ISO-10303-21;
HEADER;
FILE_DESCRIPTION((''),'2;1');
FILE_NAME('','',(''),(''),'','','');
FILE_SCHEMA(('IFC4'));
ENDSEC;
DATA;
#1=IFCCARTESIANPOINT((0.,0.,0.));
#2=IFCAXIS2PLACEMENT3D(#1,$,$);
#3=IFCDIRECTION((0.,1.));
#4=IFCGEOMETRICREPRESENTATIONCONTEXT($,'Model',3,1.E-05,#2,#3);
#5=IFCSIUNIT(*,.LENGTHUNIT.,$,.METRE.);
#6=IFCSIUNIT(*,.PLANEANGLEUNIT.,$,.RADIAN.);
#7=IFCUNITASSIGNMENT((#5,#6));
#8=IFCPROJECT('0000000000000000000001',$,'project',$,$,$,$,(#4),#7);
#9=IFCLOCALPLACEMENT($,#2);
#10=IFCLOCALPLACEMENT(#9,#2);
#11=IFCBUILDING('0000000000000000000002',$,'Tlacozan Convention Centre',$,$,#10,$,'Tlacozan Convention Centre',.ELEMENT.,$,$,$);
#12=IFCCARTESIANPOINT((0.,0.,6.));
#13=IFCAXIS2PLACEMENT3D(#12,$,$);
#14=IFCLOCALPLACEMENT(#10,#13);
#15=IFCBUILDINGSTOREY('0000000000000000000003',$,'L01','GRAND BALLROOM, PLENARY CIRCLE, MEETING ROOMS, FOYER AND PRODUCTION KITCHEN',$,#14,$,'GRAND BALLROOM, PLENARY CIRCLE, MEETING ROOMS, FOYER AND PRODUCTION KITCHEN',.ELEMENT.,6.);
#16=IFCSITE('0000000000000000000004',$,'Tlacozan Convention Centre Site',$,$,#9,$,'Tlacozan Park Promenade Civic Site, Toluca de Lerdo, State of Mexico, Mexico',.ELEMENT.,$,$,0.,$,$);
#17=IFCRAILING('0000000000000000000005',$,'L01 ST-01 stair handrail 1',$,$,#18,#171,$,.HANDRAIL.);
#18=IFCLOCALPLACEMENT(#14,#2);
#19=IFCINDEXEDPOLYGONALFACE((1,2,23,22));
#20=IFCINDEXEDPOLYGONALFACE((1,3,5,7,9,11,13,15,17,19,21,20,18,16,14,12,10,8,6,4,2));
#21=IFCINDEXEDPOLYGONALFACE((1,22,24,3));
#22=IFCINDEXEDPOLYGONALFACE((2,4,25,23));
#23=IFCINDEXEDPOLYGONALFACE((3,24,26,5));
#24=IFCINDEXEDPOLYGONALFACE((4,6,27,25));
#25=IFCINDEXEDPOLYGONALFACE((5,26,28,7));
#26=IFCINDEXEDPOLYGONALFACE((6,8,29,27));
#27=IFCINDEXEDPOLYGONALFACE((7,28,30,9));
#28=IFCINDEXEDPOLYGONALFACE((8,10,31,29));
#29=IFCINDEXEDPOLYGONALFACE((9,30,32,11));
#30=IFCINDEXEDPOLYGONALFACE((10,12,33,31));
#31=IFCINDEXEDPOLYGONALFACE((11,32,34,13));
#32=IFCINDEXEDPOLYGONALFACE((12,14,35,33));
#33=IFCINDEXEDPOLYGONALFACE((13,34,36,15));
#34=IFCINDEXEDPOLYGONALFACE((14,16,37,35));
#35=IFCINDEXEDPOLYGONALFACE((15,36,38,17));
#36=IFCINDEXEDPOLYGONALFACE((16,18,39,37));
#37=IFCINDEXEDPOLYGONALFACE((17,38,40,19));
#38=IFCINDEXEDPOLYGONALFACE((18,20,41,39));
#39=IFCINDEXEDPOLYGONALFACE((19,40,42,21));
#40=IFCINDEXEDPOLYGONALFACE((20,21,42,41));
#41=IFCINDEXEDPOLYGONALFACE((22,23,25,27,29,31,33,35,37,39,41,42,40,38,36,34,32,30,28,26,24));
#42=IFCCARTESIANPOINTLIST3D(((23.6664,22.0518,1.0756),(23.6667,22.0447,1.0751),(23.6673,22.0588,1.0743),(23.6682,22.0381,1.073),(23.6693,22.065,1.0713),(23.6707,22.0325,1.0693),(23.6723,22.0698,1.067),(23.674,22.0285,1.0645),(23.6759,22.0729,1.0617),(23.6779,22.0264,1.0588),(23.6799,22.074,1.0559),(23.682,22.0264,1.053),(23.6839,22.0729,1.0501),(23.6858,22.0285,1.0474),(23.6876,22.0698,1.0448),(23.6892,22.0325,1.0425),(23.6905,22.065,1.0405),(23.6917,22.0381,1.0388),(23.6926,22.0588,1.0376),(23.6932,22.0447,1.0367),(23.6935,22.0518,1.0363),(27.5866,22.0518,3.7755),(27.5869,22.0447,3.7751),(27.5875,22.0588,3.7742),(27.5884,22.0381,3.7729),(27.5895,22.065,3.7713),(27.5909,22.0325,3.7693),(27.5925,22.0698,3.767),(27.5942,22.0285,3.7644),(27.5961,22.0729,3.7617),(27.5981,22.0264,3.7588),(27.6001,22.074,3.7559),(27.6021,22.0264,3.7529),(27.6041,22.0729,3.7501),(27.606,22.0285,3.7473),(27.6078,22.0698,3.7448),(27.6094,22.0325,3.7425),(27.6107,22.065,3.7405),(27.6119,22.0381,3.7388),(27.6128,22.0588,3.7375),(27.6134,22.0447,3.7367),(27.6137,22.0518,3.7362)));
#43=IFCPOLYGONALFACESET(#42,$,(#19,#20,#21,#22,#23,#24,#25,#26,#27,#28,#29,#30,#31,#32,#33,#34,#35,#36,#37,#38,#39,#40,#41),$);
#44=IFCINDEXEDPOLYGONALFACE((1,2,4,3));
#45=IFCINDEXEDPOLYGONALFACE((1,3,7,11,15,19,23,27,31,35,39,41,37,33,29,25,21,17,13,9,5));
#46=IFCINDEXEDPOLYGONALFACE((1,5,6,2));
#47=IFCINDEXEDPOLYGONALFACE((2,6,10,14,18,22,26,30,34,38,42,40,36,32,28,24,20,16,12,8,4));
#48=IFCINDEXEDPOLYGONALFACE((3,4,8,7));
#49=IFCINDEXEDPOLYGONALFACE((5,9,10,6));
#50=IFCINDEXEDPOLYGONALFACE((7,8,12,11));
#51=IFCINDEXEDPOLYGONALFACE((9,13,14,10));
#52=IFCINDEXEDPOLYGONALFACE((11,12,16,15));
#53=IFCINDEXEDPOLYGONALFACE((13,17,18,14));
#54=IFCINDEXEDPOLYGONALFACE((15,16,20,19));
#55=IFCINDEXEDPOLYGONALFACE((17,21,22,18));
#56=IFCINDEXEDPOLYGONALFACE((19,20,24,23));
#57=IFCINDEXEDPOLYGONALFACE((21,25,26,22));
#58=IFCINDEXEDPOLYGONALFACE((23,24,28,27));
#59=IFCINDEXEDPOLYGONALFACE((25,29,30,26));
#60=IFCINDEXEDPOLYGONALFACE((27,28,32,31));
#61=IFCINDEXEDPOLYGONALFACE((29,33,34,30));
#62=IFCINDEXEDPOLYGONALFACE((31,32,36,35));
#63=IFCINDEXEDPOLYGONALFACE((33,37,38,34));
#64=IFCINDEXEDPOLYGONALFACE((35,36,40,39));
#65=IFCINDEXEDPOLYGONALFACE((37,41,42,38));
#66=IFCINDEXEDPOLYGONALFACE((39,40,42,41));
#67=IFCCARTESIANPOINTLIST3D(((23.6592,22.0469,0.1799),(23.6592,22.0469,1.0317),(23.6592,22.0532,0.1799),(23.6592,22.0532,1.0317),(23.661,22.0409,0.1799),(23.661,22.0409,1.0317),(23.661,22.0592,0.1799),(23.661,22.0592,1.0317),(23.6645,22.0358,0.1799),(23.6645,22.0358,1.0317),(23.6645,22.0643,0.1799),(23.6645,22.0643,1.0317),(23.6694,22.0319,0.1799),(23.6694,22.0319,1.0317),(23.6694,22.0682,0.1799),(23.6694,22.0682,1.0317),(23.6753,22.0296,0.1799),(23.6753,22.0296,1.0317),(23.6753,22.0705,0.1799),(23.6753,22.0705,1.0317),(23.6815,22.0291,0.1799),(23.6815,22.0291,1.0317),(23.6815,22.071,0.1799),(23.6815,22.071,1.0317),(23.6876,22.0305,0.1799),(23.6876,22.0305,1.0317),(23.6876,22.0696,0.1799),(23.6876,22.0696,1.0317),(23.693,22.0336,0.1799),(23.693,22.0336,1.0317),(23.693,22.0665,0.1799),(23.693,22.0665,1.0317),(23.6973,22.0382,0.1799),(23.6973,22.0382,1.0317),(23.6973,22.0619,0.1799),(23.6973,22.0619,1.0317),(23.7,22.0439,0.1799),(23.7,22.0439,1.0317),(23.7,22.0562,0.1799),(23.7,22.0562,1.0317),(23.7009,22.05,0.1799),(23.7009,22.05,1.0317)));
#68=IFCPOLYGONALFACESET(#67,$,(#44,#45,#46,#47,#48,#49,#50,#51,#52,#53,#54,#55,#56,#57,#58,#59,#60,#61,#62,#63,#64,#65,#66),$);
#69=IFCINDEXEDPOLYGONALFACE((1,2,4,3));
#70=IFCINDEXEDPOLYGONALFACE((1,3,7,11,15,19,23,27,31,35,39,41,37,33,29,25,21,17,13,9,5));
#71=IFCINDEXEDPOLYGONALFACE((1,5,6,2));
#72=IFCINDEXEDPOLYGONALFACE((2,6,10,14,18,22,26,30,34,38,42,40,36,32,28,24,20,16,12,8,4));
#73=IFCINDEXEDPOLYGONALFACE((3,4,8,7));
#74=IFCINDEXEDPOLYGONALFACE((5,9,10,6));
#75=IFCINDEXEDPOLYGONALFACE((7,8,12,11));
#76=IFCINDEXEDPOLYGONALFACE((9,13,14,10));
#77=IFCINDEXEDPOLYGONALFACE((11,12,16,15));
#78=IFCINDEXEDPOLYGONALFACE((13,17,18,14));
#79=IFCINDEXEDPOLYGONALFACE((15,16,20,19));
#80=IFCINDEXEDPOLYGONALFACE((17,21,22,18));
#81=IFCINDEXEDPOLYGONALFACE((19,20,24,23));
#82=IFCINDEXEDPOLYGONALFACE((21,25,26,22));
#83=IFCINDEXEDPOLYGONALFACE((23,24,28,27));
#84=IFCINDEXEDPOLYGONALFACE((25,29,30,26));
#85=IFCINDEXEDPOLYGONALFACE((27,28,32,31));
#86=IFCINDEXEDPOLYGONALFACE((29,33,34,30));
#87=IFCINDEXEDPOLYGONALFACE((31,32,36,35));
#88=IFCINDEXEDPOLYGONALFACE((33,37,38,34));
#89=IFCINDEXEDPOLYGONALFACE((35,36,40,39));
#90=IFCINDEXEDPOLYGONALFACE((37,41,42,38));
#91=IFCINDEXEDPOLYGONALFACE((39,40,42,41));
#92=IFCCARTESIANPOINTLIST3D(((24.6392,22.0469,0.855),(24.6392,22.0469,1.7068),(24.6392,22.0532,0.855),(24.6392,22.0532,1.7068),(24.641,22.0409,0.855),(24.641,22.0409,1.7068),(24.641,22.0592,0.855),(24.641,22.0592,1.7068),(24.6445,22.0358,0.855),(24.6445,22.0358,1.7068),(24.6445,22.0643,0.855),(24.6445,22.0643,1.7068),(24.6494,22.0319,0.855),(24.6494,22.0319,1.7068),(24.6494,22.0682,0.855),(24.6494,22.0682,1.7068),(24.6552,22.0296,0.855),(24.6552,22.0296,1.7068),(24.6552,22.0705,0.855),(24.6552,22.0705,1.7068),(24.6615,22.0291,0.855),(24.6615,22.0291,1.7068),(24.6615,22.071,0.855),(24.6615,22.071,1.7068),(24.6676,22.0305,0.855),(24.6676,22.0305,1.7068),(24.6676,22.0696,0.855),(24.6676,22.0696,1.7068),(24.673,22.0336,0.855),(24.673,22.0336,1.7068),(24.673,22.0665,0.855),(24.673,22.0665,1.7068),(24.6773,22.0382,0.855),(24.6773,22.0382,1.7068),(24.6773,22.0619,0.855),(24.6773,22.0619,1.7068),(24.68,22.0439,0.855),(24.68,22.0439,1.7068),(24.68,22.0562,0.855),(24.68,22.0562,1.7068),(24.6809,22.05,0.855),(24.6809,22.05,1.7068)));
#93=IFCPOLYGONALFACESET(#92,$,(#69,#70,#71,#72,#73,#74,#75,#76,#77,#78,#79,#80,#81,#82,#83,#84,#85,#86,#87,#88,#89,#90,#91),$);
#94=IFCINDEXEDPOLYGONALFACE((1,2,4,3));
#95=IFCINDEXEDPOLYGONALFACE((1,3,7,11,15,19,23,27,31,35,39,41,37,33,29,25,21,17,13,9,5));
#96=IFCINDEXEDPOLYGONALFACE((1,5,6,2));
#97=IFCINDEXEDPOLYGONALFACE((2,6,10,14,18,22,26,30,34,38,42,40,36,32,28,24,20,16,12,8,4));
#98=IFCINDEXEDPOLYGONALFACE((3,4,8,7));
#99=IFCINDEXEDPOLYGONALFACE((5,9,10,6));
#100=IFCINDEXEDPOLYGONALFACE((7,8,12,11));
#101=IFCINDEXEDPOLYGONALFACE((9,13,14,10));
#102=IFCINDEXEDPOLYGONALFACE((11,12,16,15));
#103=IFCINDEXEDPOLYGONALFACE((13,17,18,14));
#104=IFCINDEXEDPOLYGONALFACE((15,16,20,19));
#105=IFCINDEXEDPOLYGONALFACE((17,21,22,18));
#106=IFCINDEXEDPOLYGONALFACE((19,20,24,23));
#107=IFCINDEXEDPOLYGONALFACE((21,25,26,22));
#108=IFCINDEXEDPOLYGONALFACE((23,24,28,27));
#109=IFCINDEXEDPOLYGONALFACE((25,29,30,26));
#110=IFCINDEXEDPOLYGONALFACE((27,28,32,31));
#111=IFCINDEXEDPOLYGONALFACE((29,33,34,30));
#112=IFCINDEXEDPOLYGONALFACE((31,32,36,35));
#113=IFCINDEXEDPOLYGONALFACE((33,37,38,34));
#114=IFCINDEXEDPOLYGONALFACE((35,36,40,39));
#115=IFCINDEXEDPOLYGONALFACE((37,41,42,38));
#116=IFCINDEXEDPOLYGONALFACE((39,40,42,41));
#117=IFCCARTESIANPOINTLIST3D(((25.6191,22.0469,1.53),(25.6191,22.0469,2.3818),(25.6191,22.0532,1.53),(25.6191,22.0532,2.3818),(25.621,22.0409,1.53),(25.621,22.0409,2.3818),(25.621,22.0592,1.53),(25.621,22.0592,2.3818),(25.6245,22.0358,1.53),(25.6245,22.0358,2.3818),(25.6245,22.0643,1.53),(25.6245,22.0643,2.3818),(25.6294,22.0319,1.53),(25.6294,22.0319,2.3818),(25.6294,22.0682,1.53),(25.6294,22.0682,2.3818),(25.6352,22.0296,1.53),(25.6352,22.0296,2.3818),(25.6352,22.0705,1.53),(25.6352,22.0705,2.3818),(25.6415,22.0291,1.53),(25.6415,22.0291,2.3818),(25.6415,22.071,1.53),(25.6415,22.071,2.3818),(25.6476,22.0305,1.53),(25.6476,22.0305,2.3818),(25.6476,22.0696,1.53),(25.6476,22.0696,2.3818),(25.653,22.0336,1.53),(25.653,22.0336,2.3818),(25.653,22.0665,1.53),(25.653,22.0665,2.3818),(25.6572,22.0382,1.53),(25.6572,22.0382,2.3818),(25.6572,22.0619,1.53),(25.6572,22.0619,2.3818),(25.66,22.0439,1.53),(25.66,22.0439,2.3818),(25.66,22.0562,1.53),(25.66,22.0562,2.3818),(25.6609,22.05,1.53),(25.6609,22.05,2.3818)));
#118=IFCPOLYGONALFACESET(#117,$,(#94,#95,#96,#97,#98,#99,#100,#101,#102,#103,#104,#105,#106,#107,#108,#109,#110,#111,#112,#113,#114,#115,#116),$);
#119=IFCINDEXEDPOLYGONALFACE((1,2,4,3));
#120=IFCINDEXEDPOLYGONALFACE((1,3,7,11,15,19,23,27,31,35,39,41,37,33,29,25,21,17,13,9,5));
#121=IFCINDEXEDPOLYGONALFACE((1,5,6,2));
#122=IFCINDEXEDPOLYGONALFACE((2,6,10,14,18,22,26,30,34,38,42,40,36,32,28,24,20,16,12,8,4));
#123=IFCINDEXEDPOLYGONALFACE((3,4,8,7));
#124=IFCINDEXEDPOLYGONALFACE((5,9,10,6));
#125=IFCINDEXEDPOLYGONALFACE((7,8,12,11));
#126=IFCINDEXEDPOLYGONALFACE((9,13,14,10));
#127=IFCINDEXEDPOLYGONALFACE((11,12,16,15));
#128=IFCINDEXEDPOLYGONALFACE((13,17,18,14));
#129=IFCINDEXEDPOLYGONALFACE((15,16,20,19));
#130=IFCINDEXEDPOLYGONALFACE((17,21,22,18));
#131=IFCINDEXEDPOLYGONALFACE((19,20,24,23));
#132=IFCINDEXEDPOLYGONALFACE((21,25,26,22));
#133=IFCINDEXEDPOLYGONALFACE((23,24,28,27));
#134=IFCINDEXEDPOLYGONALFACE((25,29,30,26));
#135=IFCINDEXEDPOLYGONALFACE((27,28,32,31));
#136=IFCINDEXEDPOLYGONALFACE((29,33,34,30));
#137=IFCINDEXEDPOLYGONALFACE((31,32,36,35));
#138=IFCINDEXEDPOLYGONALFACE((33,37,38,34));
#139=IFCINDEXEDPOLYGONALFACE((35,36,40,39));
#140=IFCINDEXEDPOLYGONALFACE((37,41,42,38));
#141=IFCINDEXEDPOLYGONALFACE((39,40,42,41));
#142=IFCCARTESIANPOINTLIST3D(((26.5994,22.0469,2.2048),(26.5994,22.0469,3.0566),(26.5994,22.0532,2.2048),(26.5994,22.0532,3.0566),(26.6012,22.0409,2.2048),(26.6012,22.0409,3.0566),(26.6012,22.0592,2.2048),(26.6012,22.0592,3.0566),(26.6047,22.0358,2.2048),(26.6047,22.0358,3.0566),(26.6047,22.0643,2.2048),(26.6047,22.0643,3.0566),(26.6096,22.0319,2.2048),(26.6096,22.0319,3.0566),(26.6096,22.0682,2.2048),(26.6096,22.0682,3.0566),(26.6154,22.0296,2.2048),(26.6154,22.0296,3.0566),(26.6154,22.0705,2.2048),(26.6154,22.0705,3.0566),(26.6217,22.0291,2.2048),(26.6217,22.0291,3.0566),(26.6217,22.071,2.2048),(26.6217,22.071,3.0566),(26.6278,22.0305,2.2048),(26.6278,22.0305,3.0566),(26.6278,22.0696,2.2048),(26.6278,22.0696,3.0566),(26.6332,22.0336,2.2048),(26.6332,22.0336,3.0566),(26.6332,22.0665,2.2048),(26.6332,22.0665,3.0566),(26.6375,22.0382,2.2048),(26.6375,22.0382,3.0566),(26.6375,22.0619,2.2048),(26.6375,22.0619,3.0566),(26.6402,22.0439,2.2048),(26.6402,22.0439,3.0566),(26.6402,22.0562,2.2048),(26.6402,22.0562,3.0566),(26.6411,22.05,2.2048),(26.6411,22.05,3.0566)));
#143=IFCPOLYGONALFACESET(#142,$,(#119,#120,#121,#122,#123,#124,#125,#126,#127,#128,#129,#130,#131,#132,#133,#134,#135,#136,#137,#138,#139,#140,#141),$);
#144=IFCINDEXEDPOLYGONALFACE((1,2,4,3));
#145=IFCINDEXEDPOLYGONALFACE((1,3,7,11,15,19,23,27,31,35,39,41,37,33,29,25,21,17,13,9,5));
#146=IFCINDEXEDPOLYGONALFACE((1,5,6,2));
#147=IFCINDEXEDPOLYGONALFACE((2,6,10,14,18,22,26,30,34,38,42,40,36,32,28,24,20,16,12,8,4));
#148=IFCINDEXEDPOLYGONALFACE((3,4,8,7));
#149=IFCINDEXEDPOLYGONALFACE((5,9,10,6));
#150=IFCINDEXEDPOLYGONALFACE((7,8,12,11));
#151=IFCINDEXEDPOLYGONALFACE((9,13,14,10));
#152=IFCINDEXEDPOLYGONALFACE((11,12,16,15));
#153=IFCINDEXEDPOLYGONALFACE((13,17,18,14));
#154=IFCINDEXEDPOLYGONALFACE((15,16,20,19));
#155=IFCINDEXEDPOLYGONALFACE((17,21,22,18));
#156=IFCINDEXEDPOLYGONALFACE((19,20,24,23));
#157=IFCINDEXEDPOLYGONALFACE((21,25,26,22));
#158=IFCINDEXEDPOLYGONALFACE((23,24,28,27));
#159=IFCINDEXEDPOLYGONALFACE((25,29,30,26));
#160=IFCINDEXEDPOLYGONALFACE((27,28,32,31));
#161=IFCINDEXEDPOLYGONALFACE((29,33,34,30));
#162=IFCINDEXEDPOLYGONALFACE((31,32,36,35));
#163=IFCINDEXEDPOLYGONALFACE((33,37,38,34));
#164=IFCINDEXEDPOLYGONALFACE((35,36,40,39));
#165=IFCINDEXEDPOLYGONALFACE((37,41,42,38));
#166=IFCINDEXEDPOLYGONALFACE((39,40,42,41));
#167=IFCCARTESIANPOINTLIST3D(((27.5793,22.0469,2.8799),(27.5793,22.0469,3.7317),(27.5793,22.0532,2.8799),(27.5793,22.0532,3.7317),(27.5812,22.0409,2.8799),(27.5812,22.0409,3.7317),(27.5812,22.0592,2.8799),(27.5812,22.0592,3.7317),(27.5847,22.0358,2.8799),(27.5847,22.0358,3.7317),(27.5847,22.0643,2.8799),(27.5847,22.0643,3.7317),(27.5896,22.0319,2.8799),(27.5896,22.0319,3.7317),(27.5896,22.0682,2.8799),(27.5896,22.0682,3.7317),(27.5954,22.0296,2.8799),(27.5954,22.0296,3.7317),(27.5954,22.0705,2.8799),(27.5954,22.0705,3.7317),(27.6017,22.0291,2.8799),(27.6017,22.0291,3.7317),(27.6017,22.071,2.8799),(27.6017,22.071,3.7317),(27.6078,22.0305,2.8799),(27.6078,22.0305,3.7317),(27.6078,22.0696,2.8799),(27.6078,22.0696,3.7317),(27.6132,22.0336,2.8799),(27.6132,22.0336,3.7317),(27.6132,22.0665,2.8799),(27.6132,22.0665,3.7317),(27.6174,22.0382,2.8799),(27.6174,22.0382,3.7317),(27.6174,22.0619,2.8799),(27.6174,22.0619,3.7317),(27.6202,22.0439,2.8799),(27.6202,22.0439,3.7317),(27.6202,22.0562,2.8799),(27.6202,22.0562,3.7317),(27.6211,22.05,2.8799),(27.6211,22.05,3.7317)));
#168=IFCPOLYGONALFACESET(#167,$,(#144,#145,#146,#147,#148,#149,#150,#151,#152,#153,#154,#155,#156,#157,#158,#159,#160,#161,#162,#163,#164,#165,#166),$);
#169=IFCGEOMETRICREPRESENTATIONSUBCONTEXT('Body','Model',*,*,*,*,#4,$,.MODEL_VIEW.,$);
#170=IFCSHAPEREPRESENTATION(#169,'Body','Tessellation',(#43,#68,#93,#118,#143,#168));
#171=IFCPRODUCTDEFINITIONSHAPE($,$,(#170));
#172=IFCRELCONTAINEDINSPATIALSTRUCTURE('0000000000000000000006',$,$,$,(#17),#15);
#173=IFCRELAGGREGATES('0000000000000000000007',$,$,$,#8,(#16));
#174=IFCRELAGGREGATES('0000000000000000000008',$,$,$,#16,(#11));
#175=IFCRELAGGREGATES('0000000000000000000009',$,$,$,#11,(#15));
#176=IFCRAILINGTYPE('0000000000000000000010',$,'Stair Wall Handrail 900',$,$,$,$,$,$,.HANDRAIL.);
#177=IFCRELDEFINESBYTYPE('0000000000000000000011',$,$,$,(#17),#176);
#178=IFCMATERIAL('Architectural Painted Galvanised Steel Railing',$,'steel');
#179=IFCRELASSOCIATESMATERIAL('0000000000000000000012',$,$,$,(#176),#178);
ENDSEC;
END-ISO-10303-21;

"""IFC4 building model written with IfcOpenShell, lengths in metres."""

from ifc_helpers import new_model, si_unit, direction, frame, origin, origin_2d, place, context, subcontext, project, spatial, circle, extrude, material, type_object, element, save


model = new_model("IFC4")

# Units and contexts
model_context = context("Model", 3, precision=1e-05, world=origin(), true_north=direction((0.0, 1.0)))
body_context = subcontext(model_context, "Body", "Model", "MODEL_VIEW")
ifc_project = project(units=[si_unit("LENGTHUNIT", "METRE"), si_unit("PLANEANGLEUNIT", "RADIAN")], contexts=[model_context])

# Site, building, storey
site_placement = place(None, origin())
site = spatial("IfcSite", under=ifc_project, at=site_placement, Name="Tlacozan Convention Centre Site", LongName="Tlacozan Park Promenade Civic Site, Toluca de Lerdo, State of Mexico, Mexico", CompositionType="ELEMENT", RefElevation=0.0)
building_placement = place(site_placement, origin())
building = spatial("IfcBuilding", under=site, at=building_placement, Name="Tlacozan Convention Centre", LongName="Tlacozan Convention Centre", CompositionType="ELEMENT")
storey_placement = place(building_placement, frame((0.0, 0.0, 6.0)))
storey = spatial("IfcBuildingStorey", under=building, at=storey_placement, Name="L01", Description="GRAND BALLROOM, PLENARY CIRCLE, MEETING ROOMS, FOYER AND PRODUCTION KITCHEN", LongName="GRAND BALLROOM, PLENARY CIRCLE, MEETING ROOMS, FOYER AND PRODUCTION KITCHEN", CompositionType="ELEMENT", Elevation=6.0)

# Railing
ifc_material_1 = material(Name="Architectural Painted Galvanised Steel Railing", Category="steel")
railing_type_1 = type_object("IfcRailingType", Name="Stair Wall Handrail 900", PredefinedType="HANDRAIL", material=ifc_material_1)
railing_1_placement = place(storey_placement, frame((23.6799, 22.05, 0.1799)))
element("IfcRailing", 1, at=railing_1_placement, inside=storey, type_object=railing_type_1, Name="L01 ST-01 stair handrail 1", PredefinedType="HANDRAIL", context=body_context, shape_type="SweptSolid", body=[
    extrude(circle(Radius=0.0239, at=origin_2d()), frame((0.0, 0.0, 0.876), z_axis=(0.823567, 0.0, 0.567219), x_axis=(0.0, 1.0, 0.0)), (0.0, 0.0, 1.0), 4.76),
    extrude(circle(Radius=0.021, at=origin_2d()), origin(), (0.0, 0.0, 1.0), 0.8518),
    extrude(circle(Radius=0.021, at=origin_2d()), frame((0.98, 0.0, 0.675)), (0.0, 0.0, 1.0), 0.8518),
    extrude(circle(Radius=0.021, at=origin_2d()), frame((1.96, 0.0, 1.3501)), (0.0, 0.0, 1.0), 0.8518),
    extrude(circle(Radius=0.021, at=origin_2d()), frame((2.9402, 0.0, 2.0249)), (0.0, 0.0, 1.0), 0.8518),
    extrude(circle(Radius=0.021, at=origin_2d()), frame((3.9202, 0.0, 2.7)), (0.0, 0.0, 1.0), 0.8518),
])

save(model, "model.ifc")
